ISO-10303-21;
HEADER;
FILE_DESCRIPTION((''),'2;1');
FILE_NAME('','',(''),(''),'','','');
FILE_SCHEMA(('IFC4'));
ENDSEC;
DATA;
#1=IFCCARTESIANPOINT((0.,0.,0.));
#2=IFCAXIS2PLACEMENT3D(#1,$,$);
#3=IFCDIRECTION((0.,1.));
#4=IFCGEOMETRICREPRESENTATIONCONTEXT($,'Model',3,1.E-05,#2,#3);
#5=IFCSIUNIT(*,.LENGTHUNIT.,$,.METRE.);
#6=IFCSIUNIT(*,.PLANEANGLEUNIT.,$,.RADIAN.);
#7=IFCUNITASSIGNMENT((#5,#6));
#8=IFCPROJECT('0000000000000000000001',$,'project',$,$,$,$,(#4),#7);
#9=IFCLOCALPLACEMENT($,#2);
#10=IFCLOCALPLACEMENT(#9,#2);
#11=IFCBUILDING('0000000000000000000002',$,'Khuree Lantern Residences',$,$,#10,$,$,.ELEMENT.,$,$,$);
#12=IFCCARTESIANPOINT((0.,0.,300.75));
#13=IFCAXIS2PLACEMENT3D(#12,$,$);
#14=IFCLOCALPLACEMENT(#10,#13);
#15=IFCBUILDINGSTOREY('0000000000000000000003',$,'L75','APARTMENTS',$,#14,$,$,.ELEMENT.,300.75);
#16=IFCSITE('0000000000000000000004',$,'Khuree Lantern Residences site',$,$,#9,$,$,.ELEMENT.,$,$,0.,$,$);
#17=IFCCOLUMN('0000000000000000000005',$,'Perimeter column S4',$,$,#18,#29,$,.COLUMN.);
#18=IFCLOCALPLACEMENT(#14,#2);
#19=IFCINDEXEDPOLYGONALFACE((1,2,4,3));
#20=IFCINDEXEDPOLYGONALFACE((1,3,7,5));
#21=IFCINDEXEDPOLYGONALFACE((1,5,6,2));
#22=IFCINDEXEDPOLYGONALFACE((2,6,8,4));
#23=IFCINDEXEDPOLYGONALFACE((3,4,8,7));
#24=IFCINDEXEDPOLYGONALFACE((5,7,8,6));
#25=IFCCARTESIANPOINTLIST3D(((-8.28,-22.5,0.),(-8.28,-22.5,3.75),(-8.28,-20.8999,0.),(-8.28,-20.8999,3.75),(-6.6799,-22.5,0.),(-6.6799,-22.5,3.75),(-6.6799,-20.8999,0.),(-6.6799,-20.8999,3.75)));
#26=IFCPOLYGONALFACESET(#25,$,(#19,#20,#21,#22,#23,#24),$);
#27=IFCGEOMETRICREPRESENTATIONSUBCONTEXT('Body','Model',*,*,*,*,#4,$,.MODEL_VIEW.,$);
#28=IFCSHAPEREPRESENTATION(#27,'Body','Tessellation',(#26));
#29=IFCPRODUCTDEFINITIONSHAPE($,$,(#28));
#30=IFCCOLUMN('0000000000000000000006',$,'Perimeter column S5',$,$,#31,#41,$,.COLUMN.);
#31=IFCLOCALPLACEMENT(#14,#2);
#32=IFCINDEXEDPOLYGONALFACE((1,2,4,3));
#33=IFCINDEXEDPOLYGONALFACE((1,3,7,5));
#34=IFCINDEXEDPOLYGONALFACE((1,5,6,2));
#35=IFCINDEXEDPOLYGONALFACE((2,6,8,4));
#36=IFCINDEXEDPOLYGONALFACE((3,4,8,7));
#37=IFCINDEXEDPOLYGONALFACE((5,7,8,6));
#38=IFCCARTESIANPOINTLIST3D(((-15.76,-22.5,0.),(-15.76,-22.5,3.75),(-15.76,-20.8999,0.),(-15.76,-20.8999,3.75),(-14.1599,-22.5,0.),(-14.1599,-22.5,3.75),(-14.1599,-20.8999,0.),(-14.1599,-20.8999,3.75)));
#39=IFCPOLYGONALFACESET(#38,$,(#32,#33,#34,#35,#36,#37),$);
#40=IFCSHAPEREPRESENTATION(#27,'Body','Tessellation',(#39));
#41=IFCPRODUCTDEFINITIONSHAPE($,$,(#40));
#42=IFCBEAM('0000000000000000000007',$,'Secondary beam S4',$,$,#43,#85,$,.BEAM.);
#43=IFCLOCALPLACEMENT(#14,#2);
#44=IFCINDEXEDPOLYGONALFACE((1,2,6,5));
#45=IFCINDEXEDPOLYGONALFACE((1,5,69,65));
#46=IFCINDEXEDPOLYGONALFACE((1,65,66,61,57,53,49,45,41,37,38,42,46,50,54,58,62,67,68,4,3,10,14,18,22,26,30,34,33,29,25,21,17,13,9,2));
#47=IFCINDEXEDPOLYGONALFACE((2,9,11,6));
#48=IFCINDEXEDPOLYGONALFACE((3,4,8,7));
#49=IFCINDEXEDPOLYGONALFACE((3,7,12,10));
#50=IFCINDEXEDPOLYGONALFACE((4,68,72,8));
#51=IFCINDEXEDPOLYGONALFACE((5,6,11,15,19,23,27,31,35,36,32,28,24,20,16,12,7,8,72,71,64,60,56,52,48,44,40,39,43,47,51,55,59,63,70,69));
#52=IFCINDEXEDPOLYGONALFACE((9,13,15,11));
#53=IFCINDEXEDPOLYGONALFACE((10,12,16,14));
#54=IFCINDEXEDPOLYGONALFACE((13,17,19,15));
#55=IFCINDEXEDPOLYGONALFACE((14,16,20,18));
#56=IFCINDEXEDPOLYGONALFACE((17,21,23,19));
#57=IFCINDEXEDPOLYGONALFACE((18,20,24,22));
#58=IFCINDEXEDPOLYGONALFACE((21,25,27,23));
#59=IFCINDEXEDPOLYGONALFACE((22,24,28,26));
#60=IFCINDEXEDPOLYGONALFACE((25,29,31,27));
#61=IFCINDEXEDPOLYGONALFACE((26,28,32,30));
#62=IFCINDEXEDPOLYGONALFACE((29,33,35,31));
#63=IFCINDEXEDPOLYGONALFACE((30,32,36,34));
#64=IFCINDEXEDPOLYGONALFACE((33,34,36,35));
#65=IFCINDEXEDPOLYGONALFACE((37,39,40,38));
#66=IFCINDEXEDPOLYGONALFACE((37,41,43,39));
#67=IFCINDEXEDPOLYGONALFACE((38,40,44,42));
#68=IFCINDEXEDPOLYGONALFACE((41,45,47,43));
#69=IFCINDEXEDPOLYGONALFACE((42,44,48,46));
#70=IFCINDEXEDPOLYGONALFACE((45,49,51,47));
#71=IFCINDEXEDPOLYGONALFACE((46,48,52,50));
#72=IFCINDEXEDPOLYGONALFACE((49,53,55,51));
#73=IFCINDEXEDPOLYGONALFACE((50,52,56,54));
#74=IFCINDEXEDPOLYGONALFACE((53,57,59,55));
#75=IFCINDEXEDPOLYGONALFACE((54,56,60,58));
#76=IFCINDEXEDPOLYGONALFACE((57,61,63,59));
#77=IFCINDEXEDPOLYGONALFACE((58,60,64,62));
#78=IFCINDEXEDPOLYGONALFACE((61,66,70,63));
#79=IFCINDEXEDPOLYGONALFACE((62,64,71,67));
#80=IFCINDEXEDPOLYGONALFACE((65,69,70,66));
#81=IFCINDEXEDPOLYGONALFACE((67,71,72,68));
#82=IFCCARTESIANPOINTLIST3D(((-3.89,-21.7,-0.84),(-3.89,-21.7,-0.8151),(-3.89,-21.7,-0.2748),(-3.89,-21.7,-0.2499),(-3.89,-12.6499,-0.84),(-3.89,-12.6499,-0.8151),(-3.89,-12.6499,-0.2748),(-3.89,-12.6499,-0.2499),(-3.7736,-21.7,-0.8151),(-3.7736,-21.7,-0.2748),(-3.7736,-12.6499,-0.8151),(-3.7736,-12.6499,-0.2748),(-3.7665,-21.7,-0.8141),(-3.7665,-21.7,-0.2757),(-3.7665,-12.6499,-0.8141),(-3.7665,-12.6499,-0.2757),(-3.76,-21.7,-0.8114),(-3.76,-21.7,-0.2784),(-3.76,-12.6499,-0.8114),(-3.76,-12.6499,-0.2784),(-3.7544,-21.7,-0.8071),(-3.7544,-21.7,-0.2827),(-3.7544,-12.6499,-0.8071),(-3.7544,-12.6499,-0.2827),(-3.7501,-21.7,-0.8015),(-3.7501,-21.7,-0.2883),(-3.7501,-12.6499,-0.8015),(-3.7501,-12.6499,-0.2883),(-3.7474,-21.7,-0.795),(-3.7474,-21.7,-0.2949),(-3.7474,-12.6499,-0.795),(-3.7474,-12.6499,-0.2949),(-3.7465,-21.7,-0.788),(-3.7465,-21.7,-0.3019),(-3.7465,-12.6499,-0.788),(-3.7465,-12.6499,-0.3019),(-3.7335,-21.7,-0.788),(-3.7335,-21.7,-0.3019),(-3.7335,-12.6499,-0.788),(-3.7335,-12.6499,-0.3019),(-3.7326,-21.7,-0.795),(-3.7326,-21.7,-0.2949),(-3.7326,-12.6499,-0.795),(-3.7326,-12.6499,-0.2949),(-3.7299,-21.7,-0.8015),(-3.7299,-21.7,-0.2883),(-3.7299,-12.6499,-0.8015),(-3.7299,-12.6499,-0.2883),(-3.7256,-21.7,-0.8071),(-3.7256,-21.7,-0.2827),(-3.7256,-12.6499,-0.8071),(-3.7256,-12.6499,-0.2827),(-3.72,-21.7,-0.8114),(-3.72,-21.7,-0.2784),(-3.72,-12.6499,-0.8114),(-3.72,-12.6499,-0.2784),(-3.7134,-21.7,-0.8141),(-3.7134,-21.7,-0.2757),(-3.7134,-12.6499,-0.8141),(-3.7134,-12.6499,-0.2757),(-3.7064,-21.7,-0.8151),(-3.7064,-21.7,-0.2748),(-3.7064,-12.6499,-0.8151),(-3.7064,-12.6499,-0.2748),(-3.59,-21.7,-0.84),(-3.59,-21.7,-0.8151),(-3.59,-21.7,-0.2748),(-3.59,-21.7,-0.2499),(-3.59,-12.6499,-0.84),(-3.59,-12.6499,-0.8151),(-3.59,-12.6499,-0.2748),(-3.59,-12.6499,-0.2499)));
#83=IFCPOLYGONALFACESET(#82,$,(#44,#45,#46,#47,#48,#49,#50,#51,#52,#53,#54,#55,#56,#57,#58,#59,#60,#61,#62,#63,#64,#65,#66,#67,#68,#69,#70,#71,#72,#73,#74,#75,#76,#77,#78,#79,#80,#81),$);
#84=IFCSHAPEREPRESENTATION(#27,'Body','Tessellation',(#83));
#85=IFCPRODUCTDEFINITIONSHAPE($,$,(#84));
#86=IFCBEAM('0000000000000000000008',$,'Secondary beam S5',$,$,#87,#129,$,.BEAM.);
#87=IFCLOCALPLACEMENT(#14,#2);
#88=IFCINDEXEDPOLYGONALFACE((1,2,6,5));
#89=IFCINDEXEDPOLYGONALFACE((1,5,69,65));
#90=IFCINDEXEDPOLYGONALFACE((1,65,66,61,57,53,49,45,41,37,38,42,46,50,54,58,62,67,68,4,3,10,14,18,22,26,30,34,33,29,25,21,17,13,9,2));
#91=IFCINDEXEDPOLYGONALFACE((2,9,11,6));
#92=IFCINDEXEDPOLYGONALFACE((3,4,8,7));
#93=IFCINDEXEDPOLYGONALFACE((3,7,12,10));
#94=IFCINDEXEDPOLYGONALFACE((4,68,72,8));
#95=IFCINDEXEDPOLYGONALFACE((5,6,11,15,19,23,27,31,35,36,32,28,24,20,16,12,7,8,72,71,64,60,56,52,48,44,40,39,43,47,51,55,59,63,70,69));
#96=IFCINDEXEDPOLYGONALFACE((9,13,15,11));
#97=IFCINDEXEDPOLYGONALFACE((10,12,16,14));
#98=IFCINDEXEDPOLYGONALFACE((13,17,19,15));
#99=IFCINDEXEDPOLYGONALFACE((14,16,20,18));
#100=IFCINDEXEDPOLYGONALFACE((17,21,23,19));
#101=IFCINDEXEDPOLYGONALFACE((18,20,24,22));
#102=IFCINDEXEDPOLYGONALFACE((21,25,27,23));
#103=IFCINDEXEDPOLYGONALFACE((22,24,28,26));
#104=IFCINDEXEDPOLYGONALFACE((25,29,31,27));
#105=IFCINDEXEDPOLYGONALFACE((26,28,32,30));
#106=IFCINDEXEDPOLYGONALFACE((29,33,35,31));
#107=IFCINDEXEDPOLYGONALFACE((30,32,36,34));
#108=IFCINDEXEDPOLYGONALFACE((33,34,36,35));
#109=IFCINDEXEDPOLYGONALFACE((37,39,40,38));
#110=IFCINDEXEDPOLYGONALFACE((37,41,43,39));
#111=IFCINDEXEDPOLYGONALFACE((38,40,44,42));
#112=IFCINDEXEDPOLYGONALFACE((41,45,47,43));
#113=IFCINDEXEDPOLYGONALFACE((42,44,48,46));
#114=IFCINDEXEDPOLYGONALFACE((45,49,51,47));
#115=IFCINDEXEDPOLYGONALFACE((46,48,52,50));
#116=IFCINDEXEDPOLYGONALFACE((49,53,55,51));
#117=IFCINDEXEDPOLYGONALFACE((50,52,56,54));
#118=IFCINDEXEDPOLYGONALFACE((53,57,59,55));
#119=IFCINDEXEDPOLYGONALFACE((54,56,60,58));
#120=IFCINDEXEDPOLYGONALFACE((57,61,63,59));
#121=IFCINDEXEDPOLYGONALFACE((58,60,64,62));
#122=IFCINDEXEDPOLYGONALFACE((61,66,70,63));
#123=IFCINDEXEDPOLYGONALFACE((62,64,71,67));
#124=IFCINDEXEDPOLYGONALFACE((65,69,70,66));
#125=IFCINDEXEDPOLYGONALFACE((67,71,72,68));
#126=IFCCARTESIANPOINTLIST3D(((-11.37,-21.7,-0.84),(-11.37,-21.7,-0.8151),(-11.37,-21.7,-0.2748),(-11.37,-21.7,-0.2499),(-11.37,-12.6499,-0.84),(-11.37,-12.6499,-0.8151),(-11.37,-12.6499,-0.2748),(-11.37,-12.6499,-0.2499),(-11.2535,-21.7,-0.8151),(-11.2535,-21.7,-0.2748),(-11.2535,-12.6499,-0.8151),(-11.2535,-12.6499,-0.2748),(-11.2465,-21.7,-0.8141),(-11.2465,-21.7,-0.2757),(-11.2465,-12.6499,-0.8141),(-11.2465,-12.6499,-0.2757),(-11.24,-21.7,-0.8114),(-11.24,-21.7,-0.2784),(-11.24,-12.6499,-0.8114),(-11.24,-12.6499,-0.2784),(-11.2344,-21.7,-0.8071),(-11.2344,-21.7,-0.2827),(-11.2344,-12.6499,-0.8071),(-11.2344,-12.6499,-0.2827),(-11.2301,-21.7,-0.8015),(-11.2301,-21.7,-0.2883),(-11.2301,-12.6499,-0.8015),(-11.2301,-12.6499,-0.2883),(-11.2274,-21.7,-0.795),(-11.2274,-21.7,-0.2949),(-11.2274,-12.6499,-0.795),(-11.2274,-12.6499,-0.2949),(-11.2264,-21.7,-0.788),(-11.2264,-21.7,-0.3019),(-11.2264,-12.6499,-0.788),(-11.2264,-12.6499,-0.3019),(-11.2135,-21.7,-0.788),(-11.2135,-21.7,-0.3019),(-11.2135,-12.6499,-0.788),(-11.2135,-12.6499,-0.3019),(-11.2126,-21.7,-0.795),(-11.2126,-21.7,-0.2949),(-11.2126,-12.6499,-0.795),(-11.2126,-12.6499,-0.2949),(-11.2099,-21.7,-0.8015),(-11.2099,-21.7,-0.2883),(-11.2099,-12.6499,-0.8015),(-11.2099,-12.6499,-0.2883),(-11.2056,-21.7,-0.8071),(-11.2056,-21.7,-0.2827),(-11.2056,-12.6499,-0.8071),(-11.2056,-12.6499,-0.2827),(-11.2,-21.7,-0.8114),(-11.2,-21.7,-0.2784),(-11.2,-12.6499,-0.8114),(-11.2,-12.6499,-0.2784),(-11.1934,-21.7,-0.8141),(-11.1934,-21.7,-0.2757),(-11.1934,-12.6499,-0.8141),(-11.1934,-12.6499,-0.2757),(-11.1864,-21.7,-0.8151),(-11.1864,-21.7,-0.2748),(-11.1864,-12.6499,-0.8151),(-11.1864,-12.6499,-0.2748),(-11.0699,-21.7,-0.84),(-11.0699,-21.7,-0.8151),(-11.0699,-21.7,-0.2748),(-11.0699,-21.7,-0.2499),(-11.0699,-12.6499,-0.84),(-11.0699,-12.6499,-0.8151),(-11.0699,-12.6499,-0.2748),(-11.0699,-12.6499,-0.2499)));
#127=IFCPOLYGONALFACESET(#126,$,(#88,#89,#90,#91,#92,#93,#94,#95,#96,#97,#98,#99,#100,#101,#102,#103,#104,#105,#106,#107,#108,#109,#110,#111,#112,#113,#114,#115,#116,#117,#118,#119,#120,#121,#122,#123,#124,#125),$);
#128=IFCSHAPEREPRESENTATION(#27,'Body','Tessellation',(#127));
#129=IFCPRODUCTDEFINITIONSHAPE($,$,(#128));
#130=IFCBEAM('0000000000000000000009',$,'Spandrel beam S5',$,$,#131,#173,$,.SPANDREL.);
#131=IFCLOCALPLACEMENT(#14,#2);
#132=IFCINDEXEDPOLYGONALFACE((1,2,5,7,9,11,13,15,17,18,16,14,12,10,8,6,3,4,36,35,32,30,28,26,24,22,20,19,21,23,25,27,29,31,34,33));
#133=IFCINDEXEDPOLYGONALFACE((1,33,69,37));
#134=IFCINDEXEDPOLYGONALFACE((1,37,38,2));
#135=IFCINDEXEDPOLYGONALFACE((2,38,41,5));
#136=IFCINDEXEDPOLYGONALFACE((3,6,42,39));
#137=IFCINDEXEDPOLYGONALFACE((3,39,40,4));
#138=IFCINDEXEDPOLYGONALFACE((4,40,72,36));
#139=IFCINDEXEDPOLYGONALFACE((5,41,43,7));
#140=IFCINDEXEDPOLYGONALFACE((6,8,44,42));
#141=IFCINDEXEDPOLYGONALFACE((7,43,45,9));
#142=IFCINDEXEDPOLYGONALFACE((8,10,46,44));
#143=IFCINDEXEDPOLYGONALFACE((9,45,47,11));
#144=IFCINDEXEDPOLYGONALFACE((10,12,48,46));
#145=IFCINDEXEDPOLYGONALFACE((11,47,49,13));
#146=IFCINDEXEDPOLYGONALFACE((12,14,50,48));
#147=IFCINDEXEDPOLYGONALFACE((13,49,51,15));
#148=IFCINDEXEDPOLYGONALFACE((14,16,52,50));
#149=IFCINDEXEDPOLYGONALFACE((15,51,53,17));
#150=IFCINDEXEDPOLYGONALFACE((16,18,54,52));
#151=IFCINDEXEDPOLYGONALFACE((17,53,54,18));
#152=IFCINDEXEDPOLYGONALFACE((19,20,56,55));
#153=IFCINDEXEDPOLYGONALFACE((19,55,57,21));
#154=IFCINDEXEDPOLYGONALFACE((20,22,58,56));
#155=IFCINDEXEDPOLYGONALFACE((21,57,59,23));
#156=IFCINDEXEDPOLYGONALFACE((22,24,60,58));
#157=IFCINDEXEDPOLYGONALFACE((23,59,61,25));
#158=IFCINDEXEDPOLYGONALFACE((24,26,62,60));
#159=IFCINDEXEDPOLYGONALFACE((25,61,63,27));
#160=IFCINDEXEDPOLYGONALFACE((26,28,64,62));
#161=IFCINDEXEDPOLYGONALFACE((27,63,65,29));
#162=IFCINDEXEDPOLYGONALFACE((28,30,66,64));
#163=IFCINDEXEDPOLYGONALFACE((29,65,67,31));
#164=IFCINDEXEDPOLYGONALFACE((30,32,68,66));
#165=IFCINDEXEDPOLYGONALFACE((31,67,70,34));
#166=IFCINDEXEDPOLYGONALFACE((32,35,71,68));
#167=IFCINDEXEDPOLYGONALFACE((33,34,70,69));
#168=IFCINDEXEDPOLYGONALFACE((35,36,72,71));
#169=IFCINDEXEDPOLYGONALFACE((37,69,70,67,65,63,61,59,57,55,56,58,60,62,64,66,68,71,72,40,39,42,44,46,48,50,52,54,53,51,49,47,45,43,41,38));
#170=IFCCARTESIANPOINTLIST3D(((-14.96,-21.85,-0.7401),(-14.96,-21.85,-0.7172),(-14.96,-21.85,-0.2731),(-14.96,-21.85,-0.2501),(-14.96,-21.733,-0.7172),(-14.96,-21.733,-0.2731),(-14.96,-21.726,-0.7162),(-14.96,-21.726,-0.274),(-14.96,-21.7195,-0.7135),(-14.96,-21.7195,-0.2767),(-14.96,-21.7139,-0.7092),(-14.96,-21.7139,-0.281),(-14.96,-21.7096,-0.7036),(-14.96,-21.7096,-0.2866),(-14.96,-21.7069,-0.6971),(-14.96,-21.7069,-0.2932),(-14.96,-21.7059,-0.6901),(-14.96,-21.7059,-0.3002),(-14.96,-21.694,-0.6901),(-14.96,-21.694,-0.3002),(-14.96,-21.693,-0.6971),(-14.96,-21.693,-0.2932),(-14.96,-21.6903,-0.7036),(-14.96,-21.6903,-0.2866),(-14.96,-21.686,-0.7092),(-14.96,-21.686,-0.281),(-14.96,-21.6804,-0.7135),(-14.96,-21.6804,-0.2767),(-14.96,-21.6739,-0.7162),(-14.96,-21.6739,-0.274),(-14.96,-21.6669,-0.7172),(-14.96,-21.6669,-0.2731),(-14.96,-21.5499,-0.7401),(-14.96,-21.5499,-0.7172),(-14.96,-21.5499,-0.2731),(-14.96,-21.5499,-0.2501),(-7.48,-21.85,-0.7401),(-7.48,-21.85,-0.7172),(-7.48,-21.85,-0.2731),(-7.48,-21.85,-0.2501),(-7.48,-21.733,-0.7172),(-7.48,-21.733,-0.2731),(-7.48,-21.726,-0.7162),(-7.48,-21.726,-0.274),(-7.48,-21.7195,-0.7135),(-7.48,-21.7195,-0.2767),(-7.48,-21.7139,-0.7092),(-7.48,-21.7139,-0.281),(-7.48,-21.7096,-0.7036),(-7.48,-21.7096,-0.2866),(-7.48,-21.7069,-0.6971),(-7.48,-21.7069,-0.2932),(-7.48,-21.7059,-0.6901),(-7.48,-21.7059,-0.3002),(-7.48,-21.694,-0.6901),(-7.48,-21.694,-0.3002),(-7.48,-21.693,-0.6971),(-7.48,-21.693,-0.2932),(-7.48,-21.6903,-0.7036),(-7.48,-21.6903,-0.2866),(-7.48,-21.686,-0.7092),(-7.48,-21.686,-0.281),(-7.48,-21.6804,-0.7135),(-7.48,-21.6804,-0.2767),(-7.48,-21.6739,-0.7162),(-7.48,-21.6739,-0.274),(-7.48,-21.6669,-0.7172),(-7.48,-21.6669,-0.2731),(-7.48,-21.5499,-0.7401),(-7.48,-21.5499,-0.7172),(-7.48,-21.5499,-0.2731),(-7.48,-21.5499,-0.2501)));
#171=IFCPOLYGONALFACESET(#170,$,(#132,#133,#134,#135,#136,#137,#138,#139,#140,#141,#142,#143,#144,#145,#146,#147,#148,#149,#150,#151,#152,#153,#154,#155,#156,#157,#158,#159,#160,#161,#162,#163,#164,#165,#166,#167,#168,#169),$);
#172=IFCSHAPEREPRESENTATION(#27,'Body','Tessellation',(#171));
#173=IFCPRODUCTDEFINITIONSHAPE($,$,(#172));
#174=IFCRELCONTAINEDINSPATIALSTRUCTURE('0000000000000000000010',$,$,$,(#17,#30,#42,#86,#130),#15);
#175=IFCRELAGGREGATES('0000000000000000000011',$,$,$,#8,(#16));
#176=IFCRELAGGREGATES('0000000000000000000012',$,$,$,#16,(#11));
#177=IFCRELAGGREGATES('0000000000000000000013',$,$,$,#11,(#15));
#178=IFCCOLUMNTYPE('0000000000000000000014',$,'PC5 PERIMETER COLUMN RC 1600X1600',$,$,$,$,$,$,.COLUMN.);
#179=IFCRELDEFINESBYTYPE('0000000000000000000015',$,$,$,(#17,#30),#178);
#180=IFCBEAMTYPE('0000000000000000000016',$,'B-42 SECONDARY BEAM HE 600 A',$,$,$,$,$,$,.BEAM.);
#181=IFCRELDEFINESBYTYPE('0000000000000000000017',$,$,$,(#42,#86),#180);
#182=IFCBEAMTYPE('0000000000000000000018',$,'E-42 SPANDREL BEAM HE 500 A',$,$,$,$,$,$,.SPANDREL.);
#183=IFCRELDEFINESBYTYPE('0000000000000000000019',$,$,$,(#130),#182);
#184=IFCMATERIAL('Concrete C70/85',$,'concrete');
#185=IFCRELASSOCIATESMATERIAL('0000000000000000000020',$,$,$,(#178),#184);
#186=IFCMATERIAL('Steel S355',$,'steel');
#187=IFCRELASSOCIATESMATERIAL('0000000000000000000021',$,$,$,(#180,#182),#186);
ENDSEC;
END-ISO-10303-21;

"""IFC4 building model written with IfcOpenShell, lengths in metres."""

from ifc_helpers import new_model, si_unit, direction, frame, origin, origin_2d, place, context, subcontext, project, spatial, rectangle, i_section, extrude, material, material_profile, profile_set, type_object, element, save


model = new_model("IFC4")

# Units and contexts
model_context = context("Model", 3, precision=1e-05, world=origin(), true_north=direction((0.0, 1.0)))
body_context = subcontext(model_context, "Body", "Model", "MODEL_VIEW")
ifc_project = project(units=[si_unit("LENGTHUNIT", "METRE"), si_unit("PLANEANGLEUNIT", "RADIAN")], contexts=[model_context])

# Site, building, storey
site_placement = place(None, origin())
site = spatial("IfcSite", under=ifc_project, at=site_placement, Name="Khuree Lantern Residences site", CompositionType="ELEMENT", RefElevation=0.0)
building_placement = place(site_placement, origin())
building = spatial("IfcBuilding", under=site, at=building_placement, Name="Khuree Lantern Residences", CompositionType="ELEMENT")
storey_placement = place(building_placement, frame((0.0, 0.0, 300.75)))
storey = spatial("IfcBuildingStorey", under=building, at=storey_placement, Name="L75", Description="APARTMENTS", CompositionType="ELEMENT", Elevation=300.75)

# Columns
ifc_material_1 = material(Name="Concrete C70/85", Category="concrete")
ifc_material_profile_1 = material_profile(ifc_material_1, rectangle(XDim=1.6001, YDim=1.6001, at=origin_2d()), Name="RC 1600X1600")
ifc_profile_set_1 = profile_set([ifc_material_profile_1], Name="Concrete C70/85")
column_type = type_object("IfcColumnType", Name="PC5 PERIMETER COLUMN RC 1600X1600", PredefinedType="COLUMN", material=ifc_profile_set_1)
for number, where, z_axis, x_axis, name in (
    (1, (-7.48, -21.7, 0.0), (0.0, 0.0, 1.0), (1.0, 0.0, 0.0), "Perimeter column S4"),
    (2, (-14.96, -21.7, 0.0), (0.0, 0.0, 1.0), (1.0, 0.0, 0.0), "Perimeter column S5"),
):
    element("IfcColumn", number, at=place(storey_placement, frame(where, z_axis=z_axis, x_axis=x_axis)), inside=storey, type_object=column_type, Name=name, PredefinedType="COLUMN", context=body_context, shape_type="SweptSolid", body=[
        extrude(rectangle(XDim=1.6001, YDim=1.6001, at=origin_2d()), origin(), (0.0, 0.0, 1.0), 3.75),
    ])

# Beams
ifc_material_2 = material(Name="Steel S355", Category="steel")
ifc_material_profile_2 = material_profile(ifc_material_2, i_section(OverallWidth=0.3, OverallDepth=0.5901, WebThickness=0.0129, FlangeThickness=0.0249, FilletRadius=0.0271, at=origin_2d()), Name="HE 600 A")
ifc_profile_set_2 = profile_set([ifc_material_profile_2], Name="Steel S355")
beam_type_1 = type_object("IfcBeamType", Name="B-42 SECONDARY BEAM HE 600 A", PredefinedType="BEAM", material=ifc_profile_set_2)
for number, where, z_axis, x_axis, name in (
    (3, (-3.74, -21.7, -0.5449), (0.0, 1.0, 0.0), (-1.0, 0.0, 0.0), "Secondary beam S4"),
    (4, (-11.22, -21.7, -0.5449), (0.0, 1.0, 0.0), (-1.0, 0.0, 0.0), "Secondary beam S5"),
):
    element("IfcBeam", number, at=place(storey_placement, frame(where, z_axis=z_axis, x_axis=x_axis)), inside=storey, type_object=beam_type_1, Name=name, PredefinedType="BEAM", context=body_context, shape_type="SweptSolid", body=[
        extrude(i_section(OverallWidth=0.3, OverallDepth=0.5901, WebThickness=0.0129, FlangeThickness=0.0249, FilletRadius=0.0271, at=origin_2d()), origin(), (0.0, 0.0, 1.0), 9.05),
    ])
ifc_material_profile_3 = material_profile(ifc_material_2, i_section(OverallWidth=0.3, OverallDepth=0.49, WebThickness=0.012, FlangeThickness=0.0229, FilletRadius=0.0271, at=origin_2d()), Name="HE 500 A")
ifc_profile_set_3 = profile_set([ifc_material_profile_3], Name="Steel S355")
beam_type_2 = type_object("IfcBeamType", Name="E-42 SPANDREL BEAM HE 500 A", PredefinedType="SPANDREL", material=ifc_profile_set_3)
beam_1_placement = place(storey_placement, frame((-7.48, -21.7, -0.4951), z_axis=(-1.0, 0.0, 0.0), x_axis=(0.0, -1.0, 0.0)))
element("IfcBeam", 5, at=beam_1_placement, inside=storey, type_object=beam_type_2, Name="Spandrel beam S5", PredefinedType="SPANDREL", context=body_context, shape_type="SweptSolid", body=[
    extrude(i_section(OverallWidth=0.3, OverallDepth=0.49, WebThickness=0.012, FlangeThickness=0.0229, FilletRadius=0.0271, at=origin_2d()), origin(), (0.0, 0.0, 1.0), 7.48),
])

save(model, "model.ifc")
